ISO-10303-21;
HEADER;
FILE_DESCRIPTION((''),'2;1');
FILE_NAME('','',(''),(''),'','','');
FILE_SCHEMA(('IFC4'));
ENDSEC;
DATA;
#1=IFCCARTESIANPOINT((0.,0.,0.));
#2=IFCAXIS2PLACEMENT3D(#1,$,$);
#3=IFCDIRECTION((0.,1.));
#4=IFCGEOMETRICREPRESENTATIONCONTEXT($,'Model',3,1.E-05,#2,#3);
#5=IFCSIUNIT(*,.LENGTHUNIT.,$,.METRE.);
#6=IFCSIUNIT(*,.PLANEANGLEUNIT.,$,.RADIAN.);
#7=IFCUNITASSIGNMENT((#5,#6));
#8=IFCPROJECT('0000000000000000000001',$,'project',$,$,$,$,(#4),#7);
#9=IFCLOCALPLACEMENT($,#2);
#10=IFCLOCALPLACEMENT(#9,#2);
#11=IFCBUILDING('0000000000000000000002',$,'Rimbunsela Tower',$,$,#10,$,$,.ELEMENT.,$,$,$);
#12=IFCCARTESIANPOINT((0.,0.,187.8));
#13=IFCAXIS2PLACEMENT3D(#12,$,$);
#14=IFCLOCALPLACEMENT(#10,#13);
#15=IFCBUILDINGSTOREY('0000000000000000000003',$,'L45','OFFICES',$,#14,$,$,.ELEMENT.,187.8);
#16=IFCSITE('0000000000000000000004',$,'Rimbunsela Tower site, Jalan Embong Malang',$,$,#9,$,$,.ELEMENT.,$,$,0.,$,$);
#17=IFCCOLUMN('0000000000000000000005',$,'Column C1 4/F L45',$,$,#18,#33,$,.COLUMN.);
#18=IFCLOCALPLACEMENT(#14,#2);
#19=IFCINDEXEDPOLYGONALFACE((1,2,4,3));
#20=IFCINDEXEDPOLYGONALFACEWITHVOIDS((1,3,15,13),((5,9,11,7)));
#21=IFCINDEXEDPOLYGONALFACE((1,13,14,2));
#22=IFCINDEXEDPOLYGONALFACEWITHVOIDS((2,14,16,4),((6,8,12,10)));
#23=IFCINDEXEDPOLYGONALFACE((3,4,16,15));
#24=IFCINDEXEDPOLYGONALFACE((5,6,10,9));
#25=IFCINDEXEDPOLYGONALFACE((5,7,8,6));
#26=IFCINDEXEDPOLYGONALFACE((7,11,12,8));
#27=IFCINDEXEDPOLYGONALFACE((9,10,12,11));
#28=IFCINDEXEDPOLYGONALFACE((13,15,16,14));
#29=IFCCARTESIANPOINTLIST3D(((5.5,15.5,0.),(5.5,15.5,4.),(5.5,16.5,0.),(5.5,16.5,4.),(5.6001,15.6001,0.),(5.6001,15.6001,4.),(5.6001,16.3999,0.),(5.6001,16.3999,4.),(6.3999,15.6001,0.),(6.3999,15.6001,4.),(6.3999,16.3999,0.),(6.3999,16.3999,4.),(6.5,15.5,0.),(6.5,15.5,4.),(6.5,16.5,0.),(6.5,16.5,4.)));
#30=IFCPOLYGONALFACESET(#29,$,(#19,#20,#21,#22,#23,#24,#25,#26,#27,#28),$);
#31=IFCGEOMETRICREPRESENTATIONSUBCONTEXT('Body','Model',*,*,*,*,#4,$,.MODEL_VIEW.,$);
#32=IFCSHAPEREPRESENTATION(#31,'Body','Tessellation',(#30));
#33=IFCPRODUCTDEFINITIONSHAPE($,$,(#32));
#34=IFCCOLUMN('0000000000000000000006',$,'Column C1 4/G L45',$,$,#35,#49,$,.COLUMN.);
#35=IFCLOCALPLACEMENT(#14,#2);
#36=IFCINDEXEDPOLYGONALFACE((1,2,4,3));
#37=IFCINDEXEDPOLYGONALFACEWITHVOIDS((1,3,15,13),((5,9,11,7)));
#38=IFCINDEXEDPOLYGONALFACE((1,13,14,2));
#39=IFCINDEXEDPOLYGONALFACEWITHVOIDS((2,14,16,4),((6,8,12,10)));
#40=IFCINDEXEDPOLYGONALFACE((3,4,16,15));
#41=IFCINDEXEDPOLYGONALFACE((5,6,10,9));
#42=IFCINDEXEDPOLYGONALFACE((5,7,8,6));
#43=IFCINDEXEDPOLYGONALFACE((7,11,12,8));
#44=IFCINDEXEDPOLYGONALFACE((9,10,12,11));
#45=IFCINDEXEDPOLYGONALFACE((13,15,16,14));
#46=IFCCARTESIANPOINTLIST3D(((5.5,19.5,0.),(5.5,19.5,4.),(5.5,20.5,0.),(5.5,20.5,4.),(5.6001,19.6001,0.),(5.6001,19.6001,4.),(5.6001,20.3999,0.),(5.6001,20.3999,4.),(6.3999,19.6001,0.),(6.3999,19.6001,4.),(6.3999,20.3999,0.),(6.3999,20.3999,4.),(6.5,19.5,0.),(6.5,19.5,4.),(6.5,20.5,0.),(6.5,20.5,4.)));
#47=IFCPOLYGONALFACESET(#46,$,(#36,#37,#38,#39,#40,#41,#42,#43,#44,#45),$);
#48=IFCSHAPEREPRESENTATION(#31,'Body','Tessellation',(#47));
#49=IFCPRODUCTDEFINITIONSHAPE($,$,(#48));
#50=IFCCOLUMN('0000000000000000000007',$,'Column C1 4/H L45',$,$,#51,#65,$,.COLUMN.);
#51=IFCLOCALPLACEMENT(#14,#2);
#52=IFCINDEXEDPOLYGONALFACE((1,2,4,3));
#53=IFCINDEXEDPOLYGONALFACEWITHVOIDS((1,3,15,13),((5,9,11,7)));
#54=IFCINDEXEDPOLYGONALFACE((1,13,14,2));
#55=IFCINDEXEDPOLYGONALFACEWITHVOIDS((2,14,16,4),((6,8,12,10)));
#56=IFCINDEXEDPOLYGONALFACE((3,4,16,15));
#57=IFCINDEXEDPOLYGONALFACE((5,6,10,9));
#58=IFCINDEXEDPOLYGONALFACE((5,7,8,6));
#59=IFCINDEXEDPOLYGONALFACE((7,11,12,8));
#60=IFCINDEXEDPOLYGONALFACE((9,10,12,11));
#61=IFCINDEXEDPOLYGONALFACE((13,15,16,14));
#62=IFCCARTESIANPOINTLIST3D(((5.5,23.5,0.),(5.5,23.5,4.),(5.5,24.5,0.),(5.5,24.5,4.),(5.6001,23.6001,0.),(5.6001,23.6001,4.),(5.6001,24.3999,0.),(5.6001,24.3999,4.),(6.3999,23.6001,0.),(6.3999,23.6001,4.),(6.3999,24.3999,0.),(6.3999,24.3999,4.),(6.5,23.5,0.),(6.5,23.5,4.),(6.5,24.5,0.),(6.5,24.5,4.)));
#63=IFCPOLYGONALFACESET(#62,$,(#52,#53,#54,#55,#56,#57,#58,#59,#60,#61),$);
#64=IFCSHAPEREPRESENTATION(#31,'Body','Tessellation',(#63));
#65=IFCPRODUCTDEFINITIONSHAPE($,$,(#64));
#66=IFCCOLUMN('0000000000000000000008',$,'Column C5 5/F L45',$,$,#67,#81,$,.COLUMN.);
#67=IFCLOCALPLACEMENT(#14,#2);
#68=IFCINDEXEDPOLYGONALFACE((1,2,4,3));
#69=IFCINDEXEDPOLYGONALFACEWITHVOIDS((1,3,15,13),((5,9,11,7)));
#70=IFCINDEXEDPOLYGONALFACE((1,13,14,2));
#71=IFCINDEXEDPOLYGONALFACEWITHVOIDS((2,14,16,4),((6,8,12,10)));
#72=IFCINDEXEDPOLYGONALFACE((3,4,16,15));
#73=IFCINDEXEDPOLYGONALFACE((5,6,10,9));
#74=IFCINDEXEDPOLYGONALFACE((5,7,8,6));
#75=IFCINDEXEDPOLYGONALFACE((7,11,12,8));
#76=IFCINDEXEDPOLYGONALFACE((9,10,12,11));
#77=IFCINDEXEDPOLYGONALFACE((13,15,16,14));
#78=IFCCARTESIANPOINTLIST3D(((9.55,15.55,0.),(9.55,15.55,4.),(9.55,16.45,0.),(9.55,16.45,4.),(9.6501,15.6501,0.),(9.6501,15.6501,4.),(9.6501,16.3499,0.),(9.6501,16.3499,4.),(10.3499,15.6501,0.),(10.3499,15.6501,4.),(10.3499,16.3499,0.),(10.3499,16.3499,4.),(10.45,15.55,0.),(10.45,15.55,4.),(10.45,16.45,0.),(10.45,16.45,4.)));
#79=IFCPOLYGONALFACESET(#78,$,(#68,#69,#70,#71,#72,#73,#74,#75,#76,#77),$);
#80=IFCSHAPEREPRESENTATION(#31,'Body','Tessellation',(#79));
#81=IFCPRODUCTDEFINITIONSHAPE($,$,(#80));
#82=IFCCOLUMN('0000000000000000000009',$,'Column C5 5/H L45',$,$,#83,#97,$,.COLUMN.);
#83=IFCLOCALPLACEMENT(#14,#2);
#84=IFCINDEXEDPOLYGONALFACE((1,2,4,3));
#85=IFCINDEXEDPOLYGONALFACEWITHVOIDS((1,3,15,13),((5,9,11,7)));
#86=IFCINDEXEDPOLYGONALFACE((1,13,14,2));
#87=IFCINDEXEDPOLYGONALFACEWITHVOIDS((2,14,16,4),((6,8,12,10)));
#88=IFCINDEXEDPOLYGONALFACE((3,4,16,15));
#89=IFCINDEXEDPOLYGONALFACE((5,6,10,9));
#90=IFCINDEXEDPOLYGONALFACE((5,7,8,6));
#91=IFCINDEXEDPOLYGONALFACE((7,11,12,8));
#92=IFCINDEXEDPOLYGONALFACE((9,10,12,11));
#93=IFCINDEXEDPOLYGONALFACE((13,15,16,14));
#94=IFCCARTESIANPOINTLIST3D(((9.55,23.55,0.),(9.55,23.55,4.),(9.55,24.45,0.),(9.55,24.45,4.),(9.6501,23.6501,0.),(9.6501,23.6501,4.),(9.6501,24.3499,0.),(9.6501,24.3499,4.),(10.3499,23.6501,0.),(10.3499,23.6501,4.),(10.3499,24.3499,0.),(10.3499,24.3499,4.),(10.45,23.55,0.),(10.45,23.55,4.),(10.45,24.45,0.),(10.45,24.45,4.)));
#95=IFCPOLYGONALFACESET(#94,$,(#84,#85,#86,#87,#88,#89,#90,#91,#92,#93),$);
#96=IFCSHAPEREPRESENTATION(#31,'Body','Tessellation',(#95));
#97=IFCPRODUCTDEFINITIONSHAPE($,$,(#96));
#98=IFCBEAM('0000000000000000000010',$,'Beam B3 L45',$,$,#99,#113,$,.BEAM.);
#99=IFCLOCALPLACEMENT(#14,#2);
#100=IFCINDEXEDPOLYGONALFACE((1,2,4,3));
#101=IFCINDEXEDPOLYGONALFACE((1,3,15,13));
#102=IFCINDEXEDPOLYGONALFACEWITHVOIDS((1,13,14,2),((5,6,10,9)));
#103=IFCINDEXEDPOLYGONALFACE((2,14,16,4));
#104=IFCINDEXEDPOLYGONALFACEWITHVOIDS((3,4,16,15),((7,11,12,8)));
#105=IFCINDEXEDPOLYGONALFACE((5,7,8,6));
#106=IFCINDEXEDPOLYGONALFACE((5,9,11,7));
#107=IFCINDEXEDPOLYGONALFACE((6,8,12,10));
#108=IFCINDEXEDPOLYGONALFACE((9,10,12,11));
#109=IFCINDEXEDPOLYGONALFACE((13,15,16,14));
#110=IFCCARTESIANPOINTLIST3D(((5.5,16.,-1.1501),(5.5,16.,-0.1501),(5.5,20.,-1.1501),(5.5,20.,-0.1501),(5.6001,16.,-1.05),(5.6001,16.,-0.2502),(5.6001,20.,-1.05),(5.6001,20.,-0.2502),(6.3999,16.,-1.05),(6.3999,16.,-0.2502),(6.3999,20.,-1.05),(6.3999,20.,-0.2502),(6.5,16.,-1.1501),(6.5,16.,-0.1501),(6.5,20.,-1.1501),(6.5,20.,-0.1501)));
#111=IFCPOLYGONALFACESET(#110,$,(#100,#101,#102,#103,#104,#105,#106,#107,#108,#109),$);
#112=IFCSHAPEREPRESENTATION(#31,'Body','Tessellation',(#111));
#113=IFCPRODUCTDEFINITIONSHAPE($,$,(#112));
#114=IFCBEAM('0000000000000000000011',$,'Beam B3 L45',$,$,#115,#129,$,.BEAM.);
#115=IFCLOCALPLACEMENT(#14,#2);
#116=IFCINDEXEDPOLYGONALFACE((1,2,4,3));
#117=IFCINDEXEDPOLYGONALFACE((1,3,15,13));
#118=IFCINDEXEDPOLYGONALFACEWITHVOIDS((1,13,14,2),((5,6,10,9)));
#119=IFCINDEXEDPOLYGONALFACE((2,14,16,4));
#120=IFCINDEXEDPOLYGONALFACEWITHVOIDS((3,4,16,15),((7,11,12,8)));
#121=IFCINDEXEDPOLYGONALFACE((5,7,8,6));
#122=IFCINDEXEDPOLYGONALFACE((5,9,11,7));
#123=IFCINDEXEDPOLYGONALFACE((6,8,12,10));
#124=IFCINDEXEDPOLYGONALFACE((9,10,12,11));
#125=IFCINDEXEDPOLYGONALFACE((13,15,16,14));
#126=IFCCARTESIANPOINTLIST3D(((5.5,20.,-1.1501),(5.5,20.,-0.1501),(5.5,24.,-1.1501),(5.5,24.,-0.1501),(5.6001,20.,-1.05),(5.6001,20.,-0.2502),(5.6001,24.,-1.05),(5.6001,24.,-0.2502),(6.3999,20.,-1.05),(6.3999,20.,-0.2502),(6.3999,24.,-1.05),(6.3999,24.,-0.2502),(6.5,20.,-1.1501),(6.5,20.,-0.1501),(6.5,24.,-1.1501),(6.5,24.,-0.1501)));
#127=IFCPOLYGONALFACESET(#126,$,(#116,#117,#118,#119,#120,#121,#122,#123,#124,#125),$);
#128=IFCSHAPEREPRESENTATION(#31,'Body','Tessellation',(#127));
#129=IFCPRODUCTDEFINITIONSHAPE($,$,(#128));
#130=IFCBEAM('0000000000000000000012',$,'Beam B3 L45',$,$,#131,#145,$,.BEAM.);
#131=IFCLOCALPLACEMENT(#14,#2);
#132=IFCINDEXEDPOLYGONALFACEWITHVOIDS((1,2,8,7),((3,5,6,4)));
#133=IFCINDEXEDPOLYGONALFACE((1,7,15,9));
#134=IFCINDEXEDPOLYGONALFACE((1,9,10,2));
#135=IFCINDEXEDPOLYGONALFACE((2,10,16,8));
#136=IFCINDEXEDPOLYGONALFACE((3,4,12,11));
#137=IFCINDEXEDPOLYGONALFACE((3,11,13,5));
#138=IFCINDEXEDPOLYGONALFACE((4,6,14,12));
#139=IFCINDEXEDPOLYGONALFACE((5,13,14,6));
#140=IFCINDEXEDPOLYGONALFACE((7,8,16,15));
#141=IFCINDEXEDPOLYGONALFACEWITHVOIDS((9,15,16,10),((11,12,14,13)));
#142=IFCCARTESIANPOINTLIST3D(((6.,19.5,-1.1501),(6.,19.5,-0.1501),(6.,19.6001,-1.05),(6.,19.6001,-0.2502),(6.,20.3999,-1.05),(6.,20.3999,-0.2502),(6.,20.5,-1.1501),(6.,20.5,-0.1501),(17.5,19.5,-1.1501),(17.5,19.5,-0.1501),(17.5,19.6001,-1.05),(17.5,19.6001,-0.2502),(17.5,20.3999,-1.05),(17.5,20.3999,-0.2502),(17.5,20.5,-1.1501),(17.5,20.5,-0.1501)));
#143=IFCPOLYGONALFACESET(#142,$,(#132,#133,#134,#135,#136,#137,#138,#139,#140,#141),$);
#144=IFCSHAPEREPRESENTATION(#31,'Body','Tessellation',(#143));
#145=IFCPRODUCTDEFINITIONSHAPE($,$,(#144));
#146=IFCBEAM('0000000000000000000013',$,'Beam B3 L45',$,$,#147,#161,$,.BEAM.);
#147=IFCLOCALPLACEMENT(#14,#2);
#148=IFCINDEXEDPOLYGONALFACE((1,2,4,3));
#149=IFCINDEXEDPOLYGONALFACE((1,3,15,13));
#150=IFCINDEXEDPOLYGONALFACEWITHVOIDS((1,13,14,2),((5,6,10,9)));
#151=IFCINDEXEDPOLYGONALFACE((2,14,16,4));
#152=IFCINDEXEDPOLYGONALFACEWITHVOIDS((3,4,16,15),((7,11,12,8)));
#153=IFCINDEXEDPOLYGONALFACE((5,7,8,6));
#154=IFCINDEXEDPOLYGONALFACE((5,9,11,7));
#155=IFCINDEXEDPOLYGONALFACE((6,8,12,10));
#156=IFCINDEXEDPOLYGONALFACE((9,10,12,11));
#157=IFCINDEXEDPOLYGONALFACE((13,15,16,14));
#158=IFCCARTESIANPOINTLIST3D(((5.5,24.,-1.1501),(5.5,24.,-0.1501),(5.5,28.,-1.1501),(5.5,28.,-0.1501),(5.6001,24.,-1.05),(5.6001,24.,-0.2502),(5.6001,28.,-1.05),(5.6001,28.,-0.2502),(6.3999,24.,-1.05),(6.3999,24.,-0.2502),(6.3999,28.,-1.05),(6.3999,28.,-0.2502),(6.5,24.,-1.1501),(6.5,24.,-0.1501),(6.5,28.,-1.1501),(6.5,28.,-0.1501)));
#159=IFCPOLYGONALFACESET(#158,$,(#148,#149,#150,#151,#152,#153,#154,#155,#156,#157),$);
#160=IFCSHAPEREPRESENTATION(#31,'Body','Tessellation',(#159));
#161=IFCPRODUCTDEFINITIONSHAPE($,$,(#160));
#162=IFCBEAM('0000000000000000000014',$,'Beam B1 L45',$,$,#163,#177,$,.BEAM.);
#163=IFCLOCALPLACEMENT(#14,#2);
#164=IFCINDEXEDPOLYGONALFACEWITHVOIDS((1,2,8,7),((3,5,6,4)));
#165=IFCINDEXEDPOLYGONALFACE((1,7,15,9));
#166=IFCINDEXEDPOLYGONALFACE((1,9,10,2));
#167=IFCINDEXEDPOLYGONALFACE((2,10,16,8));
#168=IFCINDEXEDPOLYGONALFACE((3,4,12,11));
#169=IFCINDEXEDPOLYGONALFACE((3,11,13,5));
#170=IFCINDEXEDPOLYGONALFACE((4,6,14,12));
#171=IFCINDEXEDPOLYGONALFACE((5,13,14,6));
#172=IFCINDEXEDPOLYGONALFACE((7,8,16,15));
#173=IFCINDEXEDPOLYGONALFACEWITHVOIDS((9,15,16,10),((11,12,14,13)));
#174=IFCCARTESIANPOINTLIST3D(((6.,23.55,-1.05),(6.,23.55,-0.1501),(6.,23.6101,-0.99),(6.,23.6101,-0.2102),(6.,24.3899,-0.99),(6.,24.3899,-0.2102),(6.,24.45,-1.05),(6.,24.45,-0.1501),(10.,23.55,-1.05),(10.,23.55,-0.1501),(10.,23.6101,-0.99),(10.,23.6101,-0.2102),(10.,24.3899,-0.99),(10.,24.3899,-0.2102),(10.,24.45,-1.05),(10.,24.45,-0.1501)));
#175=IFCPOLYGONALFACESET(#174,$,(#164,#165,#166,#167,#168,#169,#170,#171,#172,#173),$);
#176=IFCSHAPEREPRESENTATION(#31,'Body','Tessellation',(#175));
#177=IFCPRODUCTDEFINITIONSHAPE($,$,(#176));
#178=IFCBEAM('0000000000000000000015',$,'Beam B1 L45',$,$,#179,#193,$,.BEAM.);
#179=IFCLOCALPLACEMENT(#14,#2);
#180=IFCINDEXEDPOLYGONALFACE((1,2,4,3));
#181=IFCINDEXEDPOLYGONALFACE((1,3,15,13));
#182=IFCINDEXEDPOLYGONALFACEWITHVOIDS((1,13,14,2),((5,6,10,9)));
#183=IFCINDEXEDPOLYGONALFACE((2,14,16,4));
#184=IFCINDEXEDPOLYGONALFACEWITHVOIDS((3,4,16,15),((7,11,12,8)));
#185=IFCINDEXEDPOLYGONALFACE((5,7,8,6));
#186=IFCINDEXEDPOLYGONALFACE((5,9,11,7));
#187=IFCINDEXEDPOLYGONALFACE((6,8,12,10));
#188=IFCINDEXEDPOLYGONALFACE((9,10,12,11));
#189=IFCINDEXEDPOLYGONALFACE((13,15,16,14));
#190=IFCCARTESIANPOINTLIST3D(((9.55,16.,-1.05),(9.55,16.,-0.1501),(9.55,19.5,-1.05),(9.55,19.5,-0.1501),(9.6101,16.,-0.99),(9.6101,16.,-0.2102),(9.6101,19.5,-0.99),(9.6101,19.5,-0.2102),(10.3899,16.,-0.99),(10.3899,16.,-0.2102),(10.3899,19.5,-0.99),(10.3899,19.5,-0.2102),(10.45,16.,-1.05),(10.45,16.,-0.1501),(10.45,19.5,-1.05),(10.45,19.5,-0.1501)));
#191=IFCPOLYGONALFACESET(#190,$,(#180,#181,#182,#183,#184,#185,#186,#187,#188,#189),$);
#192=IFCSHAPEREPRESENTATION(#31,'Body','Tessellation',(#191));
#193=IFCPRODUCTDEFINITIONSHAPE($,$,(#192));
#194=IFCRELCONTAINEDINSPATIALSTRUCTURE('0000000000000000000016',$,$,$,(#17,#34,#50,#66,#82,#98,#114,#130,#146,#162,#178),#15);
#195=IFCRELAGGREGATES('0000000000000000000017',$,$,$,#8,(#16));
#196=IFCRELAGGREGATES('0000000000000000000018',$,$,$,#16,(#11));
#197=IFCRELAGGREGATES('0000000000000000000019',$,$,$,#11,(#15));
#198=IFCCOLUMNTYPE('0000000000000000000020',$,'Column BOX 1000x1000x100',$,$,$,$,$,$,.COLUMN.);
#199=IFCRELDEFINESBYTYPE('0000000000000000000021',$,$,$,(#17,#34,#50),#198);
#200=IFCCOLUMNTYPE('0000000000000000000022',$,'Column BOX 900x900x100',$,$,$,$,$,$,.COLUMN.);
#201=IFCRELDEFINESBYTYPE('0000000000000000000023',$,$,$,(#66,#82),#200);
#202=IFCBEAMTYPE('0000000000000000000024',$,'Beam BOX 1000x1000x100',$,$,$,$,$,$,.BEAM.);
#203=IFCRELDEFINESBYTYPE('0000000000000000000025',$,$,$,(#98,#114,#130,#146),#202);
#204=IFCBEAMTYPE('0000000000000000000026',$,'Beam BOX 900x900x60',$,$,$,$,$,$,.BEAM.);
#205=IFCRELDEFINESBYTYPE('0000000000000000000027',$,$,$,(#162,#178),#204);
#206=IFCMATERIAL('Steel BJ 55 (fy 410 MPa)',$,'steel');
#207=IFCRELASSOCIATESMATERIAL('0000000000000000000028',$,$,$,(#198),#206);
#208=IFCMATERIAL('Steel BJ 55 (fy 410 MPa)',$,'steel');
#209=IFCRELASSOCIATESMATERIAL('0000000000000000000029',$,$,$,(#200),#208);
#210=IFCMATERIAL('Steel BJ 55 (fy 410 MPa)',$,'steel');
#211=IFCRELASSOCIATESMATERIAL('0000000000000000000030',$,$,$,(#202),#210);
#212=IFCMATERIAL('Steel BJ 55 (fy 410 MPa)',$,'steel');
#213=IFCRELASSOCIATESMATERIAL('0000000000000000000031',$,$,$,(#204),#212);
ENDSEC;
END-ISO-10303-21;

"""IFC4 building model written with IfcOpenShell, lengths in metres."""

from ifc_helpers import new_model, si_unit, direction, frame, origin, origin_2d, place, context, subcontext, project, spatial, hollow_rectangle, extrude, material, material_profile, profile_set, type_object, element, save


model = new_model("IFC4")

# Units and contexts
model_context = context("Model", 3, precision=1e-05, world=origin(), true_north=direction((0.0, 1.0)))
body_context = subcontext(model_context, "Body", "Model", "MODEL_VIEW")
ifc_project = project(units=[si_unit("LENGTHUNIT", "METRE"), si_unit("PLANEANGLEUNIT", "RADIAN")], contexts=[model_context])

# Site, building, storey
site_placement = place(None, origin())
site = spatial("IfcSite", under=ifc_project, at=site_placement, Name="Rimbunsela Tower site, Jalan Embong Malang", CompositionType="ELEMENT", RefElevation=0.0)
building_placement = place(site_placement, origin())
building = spatial("IfcBuilding", under=site, at=building_placement, Name="Rimbunsela Tower", CompositionType="ELEMENT")
storey_placement = place(building_placement, frame((0.0, 0.0, 187.8)))
storey = spatial("IfcBuildingStorey", under=building, at=storey_placement, Name="L45", Description="OFFICES", CompositionType="ELEMENT", Elevation=187.8)

# Columns
ifc_material_1 = material(Name="Steel BJ 55 (fy 410 MPa)", Category="steel")
ifc_material_profile_1 = material_profile(ifc_material_1, hollow_rectangle(XDim=1.0, YDim=1.0, WallThickness=0.1001, at=origin_2d()), Name="BOX 1000x1000x100")
ifc_profile_set_1 = profile_set([ifc_material_profile_1], Name="Steel BJ 55 (fy 410 MPa)")
column_type_1 = type_object("IfcColumnType", Name="Column BOX 1000x1000x100", PredefinedType="COLUMN", material=ifc_profile_set_1)
for number, where, z_axis, x_axis, name in (
    (1, (6.0, 16.0, 0.0), (0.0, 0.0, 1.0), (1.0, 0.0, 0.0), "Column C1 4/F L45"),
    (2, (6.0, 20.0, 0.0), (0.0, 0.0, 1.0), (1.0, 0.0, 0.0), "Column C1 4/G L45"),
    (3, (6.0, 24.0, 0.0), (0.0, 0.0, 1.0), (1.0, 0.0, 0.0), "Column C1 4/H L45"),
):
    element("IfcColumn", number, at=place(storey_placement, frame(where, z_axis=z_axis, x_axis=x_axis)), inside=storey, type_object=column_type_1, Name=name, PredefinedType="COLUMN", context=body_context, shape_type="SweptSolid", body=[
        extrude(hollow_rectangle(XDim=1.0, YDim=1.0, WallThickness=0.1001, at=origin_2d()), origin(), (0.0, 0.0, 1.0), 4.0),
    ])
ifc_material_2 = material(Name="Steel BJ 55 (fy 410 MPa)", Category="steel")
ifc_material_profile_2 = material_profile(ifc_material_2, hollow_rectangle(XDim=0.8999, YDim=0.8999, WallThickness=0.1001, at=origin_2d()), Name="BOX 900x900x100")
ifc_profile_set_2 = profile_set([ifc_material_profile_2], Name="Steel BJ 55 (fy 410 MPa)")
column_type_2 = type_object("IfcColumnType", Name="Column BOX 900x900x100", PredefinedType="COLUMN", material=ifc_profile_set_2)
for number, where, z_axis, x_axis, name in (
    (4, (10.0, 16.0, 0.0), (0.0, 0.0, 1.0), (1.0, 0.0, 0.0), "Column C5 5/F L45"),
    (5, (10.0, 24.0, 0.0), (0.0, 0.0, 1.0), (1.0, 0.0, 0.0), "Column C5 5/H L45"),
):
    element("IfcColumn", number, at=place(storey_placement, frame(where, z_axis=z_axis, x_axis=x_axis)), inside=storey, type_object=column_type_2, Name=name, PredefinedType="COLUMN", context=body_context, shape_type="SweptSolid", body=[
        extrude(hollow_rectangle(XDim=0.8999, YDim=0.8999, WallThickness=0.1001, at=origin_2d()), origin(), (0.0, 0.0, 1.0), 4.0),
    ])

# Beams
ifc_material_3 = material(Name="Steel BJ 55 (fy 410 MPa)", Category="steel")
ifc_material_profile_3 = material_profile(ifc_material_3, hollow_rectangle(XDim=1.0, YDim=1.0, WallThickness=0.1001, at=origin_2d()), Name="BOX 1000x1000x100")
ifc_profile_set_3 = profile_set([ifc_material_profile_3], Name="Steel BJ 55 (fy 410 MPa)")
beam_type_1 = type_object("IfcBeamType", Name="Beam BOX 1000x1000x100", PredefinedType="BEAM", material=ifc_profile_set_3)
for number, where, z_axis, x_axis, name in (
    (6, (6.0, 16.0, -0.6501), (0.0, 1.0, 0.0), (-1.0, 0.0, 0.0), "Beam B3 L45"),
    (7, (6.0, 20.0, -0.6501), (0.0, 1.0, 0.0), (-1.0, 0.0, 0.0), "Beam B3 L45"),
):
    element("IfcBeam", number, at=place(storey_placement, frame(where, z_axis=z_axis, x_axis=x_axis)), inside=storey, type_object=beam_type_1, Name=name, PredefinedType="BEAM", context=body_context, shape_type="SweptSolid", body=[
        extrude(hollow_rectangle(XDim=1.0, YDim=1.0, WallThickness=0.1001, at=origin_2d()), origin(), (0.0, 0.0, 1.0), 4.0),
    ])
beam_1_placement = place(storey_placement, frame((6.0, 20.0, -0.6501), z_axis=(1.0, 0.0, 0.0), x_axis=(0.0, 1.0, 0.0)))
element("IfcBeam", 8, at=beam_1_placement, inside=storey, type_object=beam_type_1, Name="Beam B3 L45", PredefinedType="BEAM", context=body_context, shape_type="SweptSolid", body=[
    extrude(hollow_rectangle(XDim=1.0, YDim=1.0, WallThickness=0.1001, at=origin_2d()), origin(), (0.0, 0.0, 1.0), 11.5),
])
beam_2_placement = place(storey_placement, frame((6.0, 24.0, -0.6501), z_axis=(0.0, 1.0, 0.0), x_axis=(-1.0, 0.0, 0.0)))
element("IfcBeam", 9, at=beam_2_placement, inside=storey, type_object=beam_type_1, Name="Beam B3 L45", PredefinedType="BEAM", context=body_context, shape_type="SweptSolid", body=[
    extrude(hollow_rectangle(XDim=1.0, YDim=1.0, WallThickness=0.1001, at=origin_2d()), origin(), (0.0, 0.0, 1.0), 4.0),
])
ifc_material_4 = material(Name="Steel BJ 55 (fy 410 MPa)", Category="steel")
ifc_material_profile_4 = material_profile(ifc_material_4, hollow_rectangle(XDim=0.8999, YDim=0.8999, WallThickness=0.0601, at=origin_2d()), Name="BOX 900x900x60")
ifc_profile_set_4 = profile_set([ifc_material_profile_4], Name="Steel BJ 55 (fy 410 MPa)")
beam_type_2 = type_object("IfcBeamType", Name="Beam BOX 900x900x60", PredefinedType="BEAM", material=ifc_profile_set_4)
beam_3_placement = place(storey_placement, frame((6.0, 24.0, -0.6001), z_axis=(1.0, 0.0, 0.0), x_axis=(0.0, 1.0, 0.0)))
element("IfcBeam", 10, at=beam_3_placement, inside=storey, type_object=beam_type_2, Name="Beam B1 L45", PredefinedType="BEAM", context=body_context, shape_type="SweptSolid", body=[
    extrude(hollow_rectangle(XDim=0.8999, YDim=0.8999, WallThickness=0.0601, at=origin_2d()), origin(), (0.0, 0.0, 1.0), 4.0),
])
beam_4_placement = place(storey_placement, frame((10.0, 16.0, -0.6001), z_axis=(0.0, 1.0, 0.0), x_axis=(-1.0, 0.0, 0.0)))
element("IfcBeam", 11, at=beam_4_placement, inside=storey, type_object=beam_type_2, Name="Beam B1 L45", PredefinedType="BEAM", context=body_context, shape_type="SweptSolid", body=[
    extrude(hollow_rectangle(XDim=0.8999, YDim=0.8999, WallThickness=0.0601, at=origin_2d()), origin(), (0.0, 0.0, 1.0), 3.5),
])

save(model, "model.ifc")
